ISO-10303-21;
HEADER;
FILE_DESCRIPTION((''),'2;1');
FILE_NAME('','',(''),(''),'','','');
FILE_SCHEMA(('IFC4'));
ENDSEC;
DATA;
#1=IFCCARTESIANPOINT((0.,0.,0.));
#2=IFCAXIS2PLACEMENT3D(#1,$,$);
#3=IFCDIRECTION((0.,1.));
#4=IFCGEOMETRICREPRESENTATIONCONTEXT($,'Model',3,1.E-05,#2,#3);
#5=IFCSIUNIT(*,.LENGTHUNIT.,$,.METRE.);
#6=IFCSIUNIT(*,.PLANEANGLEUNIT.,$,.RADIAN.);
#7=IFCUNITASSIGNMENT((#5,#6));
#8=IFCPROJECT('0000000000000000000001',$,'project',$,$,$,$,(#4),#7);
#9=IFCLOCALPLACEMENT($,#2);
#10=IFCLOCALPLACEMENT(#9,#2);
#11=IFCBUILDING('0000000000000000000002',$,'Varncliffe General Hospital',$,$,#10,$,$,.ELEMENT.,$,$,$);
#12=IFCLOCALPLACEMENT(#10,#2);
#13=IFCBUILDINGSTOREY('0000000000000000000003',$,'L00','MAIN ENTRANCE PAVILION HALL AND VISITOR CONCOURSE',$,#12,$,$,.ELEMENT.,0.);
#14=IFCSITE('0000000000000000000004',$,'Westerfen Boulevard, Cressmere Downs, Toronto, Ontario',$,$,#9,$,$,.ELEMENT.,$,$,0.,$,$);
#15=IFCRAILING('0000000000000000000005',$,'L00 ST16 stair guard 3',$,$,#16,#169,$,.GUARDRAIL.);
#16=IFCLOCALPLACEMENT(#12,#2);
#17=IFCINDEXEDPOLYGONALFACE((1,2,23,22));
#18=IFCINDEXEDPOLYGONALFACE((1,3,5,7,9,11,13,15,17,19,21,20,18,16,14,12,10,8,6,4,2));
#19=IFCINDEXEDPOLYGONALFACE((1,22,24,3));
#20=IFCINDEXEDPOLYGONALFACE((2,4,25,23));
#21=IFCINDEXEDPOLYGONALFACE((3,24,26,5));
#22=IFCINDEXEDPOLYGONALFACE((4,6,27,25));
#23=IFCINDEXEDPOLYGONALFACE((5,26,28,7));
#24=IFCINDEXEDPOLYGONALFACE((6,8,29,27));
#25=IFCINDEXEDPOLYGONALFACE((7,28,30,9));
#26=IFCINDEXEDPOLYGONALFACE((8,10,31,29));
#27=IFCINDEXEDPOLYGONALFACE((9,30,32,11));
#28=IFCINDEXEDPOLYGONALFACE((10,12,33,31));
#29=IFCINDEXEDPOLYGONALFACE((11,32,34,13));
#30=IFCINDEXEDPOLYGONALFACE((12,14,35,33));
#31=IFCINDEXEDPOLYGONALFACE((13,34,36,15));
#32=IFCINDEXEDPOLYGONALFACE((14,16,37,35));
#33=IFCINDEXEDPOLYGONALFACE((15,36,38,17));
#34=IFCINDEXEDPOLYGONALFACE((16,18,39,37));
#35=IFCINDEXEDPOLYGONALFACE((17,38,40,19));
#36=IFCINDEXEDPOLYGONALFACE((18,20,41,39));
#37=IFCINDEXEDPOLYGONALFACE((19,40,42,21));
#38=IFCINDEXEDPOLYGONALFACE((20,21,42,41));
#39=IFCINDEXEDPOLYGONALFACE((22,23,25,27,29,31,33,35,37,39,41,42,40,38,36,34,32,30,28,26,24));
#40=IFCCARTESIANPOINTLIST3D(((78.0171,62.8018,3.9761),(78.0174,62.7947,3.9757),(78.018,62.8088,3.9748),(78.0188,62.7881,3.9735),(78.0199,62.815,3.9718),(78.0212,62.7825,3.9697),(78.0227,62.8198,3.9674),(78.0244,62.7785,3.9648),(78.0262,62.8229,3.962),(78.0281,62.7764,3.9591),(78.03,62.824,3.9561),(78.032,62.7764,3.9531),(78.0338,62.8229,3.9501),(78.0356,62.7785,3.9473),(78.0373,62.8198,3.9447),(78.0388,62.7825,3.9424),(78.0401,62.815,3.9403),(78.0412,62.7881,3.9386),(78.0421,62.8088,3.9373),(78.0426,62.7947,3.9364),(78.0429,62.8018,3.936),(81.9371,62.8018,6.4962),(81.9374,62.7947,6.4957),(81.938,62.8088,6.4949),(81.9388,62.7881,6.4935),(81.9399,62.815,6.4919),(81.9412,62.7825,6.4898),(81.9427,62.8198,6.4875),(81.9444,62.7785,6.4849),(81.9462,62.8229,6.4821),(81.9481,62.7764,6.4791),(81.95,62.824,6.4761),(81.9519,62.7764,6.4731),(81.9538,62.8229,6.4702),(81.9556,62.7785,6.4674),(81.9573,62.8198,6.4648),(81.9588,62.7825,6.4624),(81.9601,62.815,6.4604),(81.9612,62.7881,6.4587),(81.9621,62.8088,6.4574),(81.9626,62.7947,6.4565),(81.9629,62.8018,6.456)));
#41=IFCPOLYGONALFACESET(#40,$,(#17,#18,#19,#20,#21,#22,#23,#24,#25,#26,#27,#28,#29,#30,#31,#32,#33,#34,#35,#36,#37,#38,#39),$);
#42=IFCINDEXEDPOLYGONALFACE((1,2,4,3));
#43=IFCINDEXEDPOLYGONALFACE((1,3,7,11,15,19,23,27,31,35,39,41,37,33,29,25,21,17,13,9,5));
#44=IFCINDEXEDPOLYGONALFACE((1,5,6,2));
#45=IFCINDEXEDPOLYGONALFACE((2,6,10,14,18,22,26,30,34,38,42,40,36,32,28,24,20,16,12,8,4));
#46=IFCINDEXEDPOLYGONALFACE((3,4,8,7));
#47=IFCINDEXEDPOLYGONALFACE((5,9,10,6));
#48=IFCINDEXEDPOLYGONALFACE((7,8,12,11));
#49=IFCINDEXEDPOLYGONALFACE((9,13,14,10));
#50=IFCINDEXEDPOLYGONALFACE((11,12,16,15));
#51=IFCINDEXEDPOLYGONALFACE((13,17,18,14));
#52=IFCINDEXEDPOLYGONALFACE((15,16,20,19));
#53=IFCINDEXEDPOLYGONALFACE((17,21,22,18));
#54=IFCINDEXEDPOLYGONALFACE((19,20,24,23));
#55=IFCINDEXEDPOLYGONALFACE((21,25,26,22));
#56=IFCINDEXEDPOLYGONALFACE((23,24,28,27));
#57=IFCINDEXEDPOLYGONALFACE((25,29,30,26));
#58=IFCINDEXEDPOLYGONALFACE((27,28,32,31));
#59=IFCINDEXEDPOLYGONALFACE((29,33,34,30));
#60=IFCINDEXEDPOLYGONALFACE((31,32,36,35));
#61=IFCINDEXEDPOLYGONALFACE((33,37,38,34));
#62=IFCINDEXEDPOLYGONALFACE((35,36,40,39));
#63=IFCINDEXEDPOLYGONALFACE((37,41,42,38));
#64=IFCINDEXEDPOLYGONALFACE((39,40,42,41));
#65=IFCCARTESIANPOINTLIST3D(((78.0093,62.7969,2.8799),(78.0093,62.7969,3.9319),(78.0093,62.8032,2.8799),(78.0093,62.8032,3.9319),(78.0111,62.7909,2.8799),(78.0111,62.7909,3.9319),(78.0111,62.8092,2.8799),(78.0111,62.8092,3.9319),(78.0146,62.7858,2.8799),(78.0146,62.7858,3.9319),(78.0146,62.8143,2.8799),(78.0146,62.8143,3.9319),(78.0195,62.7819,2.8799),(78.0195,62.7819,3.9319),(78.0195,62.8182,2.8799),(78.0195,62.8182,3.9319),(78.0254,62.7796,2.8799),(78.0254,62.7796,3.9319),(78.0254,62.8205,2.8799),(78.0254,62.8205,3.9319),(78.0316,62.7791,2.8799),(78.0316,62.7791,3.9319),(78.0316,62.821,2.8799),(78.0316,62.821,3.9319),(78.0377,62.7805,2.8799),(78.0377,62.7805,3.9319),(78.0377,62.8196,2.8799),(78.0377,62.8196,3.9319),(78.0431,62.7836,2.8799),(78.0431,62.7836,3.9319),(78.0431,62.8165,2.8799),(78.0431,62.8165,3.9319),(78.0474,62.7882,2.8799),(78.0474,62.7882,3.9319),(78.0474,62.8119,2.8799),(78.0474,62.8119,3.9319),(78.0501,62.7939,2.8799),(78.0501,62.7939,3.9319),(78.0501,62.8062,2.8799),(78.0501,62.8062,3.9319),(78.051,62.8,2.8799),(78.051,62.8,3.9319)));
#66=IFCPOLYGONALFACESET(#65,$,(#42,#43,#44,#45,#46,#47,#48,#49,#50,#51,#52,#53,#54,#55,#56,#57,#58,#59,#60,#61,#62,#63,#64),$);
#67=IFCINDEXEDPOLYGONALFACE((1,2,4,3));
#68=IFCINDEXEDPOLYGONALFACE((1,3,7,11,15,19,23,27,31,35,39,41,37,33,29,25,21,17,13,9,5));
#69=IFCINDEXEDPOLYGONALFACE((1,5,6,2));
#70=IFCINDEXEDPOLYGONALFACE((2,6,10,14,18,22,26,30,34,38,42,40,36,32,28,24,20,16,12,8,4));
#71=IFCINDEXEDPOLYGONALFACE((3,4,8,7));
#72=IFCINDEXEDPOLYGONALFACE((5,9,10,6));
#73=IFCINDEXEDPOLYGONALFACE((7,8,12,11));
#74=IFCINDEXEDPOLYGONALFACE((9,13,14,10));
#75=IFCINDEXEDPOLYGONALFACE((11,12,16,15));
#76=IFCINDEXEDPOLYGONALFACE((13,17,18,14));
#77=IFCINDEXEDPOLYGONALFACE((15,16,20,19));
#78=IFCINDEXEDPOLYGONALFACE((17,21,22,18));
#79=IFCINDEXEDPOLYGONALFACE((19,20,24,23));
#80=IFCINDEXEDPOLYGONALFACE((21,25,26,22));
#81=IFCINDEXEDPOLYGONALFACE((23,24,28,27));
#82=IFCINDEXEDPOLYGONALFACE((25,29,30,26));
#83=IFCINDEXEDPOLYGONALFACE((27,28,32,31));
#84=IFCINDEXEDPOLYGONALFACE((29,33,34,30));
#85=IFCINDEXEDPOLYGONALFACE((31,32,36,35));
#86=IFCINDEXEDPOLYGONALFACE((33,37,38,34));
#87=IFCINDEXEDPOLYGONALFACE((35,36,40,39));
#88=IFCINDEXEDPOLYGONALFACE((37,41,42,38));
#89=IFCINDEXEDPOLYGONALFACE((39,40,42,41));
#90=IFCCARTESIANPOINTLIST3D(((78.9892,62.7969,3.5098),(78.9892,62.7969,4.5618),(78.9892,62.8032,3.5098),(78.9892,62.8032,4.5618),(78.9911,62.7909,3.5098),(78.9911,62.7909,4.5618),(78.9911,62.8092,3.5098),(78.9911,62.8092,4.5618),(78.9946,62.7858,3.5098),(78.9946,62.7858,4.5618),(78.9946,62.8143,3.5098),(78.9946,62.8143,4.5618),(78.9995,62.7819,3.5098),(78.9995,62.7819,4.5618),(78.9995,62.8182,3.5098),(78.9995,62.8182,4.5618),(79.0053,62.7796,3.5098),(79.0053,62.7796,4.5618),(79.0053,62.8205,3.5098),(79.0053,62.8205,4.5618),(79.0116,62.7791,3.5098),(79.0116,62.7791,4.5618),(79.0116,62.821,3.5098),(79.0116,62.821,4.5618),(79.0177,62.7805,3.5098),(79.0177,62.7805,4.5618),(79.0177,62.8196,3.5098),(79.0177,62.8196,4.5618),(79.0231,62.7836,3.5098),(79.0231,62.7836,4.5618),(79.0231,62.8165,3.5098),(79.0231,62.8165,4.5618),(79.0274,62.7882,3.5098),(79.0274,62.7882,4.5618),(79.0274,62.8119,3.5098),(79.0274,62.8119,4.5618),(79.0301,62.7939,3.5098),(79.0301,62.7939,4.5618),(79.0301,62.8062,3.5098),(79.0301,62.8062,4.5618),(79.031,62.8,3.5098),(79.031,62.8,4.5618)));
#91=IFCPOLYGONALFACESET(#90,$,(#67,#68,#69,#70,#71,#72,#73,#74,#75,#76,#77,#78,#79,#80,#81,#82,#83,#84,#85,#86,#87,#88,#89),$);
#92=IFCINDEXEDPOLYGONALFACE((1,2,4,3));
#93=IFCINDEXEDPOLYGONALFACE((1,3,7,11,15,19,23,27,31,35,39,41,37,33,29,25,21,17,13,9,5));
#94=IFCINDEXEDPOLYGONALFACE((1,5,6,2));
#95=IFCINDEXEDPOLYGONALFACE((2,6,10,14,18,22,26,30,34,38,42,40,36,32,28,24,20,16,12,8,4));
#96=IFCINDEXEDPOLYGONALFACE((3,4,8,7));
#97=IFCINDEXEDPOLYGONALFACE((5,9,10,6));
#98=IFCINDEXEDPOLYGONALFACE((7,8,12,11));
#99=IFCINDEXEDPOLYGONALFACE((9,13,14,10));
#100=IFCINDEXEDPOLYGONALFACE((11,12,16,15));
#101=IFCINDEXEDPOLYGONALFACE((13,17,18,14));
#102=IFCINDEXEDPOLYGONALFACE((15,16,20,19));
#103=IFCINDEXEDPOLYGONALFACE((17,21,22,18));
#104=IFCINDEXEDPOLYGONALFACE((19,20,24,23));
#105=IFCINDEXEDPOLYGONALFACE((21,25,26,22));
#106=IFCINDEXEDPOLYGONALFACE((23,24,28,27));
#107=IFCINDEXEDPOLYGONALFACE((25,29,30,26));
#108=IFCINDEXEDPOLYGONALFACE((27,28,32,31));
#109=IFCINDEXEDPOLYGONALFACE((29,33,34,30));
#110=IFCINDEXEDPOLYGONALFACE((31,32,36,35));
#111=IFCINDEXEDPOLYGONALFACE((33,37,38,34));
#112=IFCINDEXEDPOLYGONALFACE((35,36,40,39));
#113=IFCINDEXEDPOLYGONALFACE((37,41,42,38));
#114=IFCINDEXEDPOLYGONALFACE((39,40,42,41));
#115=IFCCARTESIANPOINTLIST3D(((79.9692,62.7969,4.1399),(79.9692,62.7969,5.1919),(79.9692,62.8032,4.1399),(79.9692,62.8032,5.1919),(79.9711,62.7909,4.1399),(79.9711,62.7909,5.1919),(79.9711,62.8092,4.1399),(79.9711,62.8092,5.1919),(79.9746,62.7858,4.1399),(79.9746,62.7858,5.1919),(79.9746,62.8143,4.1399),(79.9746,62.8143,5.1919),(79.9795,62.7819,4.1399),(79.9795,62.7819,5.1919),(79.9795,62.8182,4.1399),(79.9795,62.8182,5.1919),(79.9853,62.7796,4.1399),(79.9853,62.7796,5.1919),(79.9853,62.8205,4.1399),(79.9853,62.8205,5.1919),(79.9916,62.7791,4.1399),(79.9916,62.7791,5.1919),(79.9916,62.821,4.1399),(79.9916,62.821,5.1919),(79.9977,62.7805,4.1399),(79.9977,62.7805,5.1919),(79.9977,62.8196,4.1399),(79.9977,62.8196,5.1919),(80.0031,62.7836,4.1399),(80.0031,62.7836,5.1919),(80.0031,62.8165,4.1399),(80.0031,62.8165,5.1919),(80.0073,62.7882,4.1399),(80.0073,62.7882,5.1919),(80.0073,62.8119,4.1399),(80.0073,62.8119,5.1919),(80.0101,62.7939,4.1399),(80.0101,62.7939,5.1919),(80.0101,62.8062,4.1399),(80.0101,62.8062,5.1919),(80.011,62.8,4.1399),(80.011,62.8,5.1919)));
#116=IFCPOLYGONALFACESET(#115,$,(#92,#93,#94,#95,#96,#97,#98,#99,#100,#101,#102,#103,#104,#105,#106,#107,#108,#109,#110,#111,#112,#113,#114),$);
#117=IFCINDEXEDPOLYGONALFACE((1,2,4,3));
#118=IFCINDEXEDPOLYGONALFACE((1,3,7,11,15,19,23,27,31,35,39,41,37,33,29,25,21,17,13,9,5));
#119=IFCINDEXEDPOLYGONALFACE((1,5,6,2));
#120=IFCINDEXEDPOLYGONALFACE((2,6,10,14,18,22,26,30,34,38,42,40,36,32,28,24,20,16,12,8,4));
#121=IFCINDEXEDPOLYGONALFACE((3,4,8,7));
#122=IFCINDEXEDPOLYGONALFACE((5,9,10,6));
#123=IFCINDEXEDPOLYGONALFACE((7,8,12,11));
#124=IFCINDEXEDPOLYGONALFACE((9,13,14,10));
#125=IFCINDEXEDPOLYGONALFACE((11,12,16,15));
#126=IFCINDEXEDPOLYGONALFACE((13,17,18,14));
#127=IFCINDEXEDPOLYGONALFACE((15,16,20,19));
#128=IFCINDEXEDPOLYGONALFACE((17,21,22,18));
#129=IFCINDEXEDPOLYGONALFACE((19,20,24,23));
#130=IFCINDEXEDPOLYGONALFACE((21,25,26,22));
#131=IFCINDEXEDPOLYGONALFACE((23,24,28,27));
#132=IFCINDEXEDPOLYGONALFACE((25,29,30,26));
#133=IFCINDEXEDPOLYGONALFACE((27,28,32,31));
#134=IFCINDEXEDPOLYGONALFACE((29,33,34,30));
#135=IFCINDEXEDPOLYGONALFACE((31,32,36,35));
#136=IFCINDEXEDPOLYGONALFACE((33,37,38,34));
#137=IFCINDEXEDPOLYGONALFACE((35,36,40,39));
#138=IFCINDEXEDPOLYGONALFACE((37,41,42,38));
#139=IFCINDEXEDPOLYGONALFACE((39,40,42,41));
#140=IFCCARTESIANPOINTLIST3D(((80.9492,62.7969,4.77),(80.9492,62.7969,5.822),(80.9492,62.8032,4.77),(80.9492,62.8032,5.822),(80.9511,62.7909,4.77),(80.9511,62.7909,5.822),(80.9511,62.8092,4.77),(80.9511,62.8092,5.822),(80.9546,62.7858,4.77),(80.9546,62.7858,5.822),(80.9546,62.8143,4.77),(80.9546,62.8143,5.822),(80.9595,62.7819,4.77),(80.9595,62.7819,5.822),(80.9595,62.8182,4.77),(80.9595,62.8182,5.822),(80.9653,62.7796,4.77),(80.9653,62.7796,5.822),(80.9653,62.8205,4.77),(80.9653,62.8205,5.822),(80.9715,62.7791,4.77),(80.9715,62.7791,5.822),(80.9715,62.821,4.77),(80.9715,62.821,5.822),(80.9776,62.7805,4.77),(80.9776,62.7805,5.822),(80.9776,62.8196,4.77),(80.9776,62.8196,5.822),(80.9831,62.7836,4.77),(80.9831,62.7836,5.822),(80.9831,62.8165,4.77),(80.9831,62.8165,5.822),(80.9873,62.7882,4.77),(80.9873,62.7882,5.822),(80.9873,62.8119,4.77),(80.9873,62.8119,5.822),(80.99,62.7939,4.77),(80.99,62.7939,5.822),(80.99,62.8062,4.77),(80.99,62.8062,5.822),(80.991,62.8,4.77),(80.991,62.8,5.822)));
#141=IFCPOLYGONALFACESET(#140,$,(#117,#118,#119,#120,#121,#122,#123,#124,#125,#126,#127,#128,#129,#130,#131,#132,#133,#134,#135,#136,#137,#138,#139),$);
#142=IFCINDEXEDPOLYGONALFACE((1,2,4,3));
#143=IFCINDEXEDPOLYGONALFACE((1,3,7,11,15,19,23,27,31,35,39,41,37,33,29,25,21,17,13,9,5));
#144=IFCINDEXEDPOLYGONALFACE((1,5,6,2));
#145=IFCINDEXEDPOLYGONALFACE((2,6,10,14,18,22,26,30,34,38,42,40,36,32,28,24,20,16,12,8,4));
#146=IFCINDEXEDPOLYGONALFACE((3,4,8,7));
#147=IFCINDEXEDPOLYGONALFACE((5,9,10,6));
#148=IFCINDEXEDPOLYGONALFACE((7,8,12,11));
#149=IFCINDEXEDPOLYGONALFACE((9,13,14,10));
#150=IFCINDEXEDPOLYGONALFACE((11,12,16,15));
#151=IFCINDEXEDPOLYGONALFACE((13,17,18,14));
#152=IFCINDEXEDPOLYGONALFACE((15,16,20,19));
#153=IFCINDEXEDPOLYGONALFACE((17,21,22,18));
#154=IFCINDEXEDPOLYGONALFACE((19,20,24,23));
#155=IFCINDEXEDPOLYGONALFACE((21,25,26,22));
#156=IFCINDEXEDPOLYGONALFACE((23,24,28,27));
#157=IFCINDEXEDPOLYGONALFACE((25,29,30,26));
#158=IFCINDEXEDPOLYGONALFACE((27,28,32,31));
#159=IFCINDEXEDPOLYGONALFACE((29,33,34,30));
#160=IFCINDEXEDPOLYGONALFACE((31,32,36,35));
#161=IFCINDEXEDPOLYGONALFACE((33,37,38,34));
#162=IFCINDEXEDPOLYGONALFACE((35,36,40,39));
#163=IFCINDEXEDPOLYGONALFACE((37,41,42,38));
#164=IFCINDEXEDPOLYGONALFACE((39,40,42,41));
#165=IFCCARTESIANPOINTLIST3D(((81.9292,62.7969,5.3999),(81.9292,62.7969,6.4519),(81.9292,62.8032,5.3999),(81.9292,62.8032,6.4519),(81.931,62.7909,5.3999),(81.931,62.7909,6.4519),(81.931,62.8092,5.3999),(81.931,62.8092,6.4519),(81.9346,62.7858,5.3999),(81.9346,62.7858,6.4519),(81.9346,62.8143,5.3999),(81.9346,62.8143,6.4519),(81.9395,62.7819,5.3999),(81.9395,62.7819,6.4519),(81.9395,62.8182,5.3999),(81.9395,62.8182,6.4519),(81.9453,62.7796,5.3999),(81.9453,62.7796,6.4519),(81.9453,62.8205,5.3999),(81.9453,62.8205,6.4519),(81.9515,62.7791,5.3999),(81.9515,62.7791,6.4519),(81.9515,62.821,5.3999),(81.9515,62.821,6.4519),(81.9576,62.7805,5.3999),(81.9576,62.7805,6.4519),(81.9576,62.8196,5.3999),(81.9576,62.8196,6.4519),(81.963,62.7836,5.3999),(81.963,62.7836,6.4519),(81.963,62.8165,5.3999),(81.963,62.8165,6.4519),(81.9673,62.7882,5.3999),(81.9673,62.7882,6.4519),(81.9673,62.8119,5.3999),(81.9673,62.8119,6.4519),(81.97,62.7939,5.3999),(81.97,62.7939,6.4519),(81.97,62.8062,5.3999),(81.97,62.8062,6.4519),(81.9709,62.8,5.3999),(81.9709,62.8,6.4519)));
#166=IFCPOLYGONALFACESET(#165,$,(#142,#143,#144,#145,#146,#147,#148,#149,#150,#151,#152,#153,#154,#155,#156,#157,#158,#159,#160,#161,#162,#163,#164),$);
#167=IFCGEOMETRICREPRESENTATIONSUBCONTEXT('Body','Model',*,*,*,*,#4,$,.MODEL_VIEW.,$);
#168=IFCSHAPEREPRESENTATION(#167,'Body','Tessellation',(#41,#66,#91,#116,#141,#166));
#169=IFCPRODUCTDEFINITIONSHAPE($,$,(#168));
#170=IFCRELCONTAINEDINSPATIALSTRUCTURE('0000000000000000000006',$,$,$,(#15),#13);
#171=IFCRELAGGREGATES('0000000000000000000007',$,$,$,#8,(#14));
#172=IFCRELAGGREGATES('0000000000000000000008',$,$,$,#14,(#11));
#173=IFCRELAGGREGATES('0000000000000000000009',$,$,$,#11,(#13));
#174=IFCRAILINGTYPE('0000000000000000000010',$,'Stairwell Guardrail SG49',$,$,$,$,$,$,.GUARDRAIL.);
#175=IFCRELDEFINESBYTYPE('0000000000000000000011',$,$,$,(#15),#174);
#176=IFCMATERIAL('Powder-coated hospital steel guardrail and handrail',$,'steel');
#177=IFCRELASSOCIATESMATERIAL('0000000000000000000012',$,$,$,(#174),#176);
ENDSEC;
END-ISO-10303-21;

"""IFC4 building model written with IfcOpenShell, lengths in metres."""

from ifc_helpers import new_model, si_unit, direction, frame, origin, origin_2d, place, context, subcontext, project, spatial, circle, extrude, material, type_object, element, save


model = new_model("IFC4")

# Units and contexts
model_context = context("Model", 3, precision=1e-05, world=origin(), true_north=direction((0.0, 1.0)))
body_context = subcontext(model_context, "Body", "Model", "MODEL_VIEW")
ifc_project = project(units=[si_unit("LENGTHUNIT", "METRE"), si_unit("PLANEANGLEUNIT", "RADIAN")], contexts=[model_context])

# Site, building, storey
site_placement = place(None, origin())
site = spatial("IfcSite", under=ifc_project, at=site_placement, Name="Westerfen Boulevard, Cressmere Downs, Toronto, Ontario", CompositionType="ELEMENT", RefElevation=0.0)
building_placement = place(site_placement, origin())
building = spatial("IfcBuilding", under=site, at=building_placement, Name="Varncliffe General Hospital", CompositionType="ELEMENT")
storey_placement = place(building_placement, origin())
storey = spatial("IfcBuildingStorey", under=building, at=storey_placement, Name="L00", Description="MAIN ENTRANCE PAVILION HALL AND VISITOR CONCOURSE", CompositionType="ELEMENT", Elevation=0.0)

# Railing
ifc_material_1 = material(Name="Powder-coated hospital steel guardrail and handrail", Category="steel")
railing_type_1 = type_object("IfcRailingType", Name="Stairwell Guardrail SG49", PredefinedType="GUARDRAIL", material=ifc_material_1)
railing_1_placement = place(storey_placement, frame((78.03, 62.8, 2.8799)))
element("IfcRailing", 1, at=railing_1_placement, inside=storey, type_object=railing_type_1, Name="L00 ST16 stair guard 3", PredefinedType="GUARDRAIL", context=body_context, shape_type="SweptSolid", body=[
    extrude(circle(Radius=0.0239, at=origin_2d()), frame((0.0, 0.0, 1.0762), z_axis=(0.841172, 0.0, 0.540768), x_axis=(0.0, 1.0, 0.0)), (0.0, 0.0, 1.0), 4.6602),
    extrude(circle(Radius=0.021, at=origin_2d()), origin(), (0.0, 0.0, 1.0), 1.052),
    extrude(circle(Radius=0.021, at=origin_2d()), frame((0.98, 0.0, 0.6299)), (0.0, 0.0, 1.0), 1.052),
    extrude(circle(Radius=0.021, at=origin_2d()), frame((1.96, 0.0, 1.26)), (0.0, 0.0, 1.0), 1.052),
    extrude(circle(Radius=0.021, at=origin_2d()), frame((2.9399, 0.0, 1.8901)), (0.0, 0.0, 1.0), 1.052),
    extrude(circle(Radius=0.021, at=origin_2d()), frame((3.9199, 0.0, 2.52)), (0.0, 0.0, 1.0), 1.052),
])

save(model, "model.ifc")
